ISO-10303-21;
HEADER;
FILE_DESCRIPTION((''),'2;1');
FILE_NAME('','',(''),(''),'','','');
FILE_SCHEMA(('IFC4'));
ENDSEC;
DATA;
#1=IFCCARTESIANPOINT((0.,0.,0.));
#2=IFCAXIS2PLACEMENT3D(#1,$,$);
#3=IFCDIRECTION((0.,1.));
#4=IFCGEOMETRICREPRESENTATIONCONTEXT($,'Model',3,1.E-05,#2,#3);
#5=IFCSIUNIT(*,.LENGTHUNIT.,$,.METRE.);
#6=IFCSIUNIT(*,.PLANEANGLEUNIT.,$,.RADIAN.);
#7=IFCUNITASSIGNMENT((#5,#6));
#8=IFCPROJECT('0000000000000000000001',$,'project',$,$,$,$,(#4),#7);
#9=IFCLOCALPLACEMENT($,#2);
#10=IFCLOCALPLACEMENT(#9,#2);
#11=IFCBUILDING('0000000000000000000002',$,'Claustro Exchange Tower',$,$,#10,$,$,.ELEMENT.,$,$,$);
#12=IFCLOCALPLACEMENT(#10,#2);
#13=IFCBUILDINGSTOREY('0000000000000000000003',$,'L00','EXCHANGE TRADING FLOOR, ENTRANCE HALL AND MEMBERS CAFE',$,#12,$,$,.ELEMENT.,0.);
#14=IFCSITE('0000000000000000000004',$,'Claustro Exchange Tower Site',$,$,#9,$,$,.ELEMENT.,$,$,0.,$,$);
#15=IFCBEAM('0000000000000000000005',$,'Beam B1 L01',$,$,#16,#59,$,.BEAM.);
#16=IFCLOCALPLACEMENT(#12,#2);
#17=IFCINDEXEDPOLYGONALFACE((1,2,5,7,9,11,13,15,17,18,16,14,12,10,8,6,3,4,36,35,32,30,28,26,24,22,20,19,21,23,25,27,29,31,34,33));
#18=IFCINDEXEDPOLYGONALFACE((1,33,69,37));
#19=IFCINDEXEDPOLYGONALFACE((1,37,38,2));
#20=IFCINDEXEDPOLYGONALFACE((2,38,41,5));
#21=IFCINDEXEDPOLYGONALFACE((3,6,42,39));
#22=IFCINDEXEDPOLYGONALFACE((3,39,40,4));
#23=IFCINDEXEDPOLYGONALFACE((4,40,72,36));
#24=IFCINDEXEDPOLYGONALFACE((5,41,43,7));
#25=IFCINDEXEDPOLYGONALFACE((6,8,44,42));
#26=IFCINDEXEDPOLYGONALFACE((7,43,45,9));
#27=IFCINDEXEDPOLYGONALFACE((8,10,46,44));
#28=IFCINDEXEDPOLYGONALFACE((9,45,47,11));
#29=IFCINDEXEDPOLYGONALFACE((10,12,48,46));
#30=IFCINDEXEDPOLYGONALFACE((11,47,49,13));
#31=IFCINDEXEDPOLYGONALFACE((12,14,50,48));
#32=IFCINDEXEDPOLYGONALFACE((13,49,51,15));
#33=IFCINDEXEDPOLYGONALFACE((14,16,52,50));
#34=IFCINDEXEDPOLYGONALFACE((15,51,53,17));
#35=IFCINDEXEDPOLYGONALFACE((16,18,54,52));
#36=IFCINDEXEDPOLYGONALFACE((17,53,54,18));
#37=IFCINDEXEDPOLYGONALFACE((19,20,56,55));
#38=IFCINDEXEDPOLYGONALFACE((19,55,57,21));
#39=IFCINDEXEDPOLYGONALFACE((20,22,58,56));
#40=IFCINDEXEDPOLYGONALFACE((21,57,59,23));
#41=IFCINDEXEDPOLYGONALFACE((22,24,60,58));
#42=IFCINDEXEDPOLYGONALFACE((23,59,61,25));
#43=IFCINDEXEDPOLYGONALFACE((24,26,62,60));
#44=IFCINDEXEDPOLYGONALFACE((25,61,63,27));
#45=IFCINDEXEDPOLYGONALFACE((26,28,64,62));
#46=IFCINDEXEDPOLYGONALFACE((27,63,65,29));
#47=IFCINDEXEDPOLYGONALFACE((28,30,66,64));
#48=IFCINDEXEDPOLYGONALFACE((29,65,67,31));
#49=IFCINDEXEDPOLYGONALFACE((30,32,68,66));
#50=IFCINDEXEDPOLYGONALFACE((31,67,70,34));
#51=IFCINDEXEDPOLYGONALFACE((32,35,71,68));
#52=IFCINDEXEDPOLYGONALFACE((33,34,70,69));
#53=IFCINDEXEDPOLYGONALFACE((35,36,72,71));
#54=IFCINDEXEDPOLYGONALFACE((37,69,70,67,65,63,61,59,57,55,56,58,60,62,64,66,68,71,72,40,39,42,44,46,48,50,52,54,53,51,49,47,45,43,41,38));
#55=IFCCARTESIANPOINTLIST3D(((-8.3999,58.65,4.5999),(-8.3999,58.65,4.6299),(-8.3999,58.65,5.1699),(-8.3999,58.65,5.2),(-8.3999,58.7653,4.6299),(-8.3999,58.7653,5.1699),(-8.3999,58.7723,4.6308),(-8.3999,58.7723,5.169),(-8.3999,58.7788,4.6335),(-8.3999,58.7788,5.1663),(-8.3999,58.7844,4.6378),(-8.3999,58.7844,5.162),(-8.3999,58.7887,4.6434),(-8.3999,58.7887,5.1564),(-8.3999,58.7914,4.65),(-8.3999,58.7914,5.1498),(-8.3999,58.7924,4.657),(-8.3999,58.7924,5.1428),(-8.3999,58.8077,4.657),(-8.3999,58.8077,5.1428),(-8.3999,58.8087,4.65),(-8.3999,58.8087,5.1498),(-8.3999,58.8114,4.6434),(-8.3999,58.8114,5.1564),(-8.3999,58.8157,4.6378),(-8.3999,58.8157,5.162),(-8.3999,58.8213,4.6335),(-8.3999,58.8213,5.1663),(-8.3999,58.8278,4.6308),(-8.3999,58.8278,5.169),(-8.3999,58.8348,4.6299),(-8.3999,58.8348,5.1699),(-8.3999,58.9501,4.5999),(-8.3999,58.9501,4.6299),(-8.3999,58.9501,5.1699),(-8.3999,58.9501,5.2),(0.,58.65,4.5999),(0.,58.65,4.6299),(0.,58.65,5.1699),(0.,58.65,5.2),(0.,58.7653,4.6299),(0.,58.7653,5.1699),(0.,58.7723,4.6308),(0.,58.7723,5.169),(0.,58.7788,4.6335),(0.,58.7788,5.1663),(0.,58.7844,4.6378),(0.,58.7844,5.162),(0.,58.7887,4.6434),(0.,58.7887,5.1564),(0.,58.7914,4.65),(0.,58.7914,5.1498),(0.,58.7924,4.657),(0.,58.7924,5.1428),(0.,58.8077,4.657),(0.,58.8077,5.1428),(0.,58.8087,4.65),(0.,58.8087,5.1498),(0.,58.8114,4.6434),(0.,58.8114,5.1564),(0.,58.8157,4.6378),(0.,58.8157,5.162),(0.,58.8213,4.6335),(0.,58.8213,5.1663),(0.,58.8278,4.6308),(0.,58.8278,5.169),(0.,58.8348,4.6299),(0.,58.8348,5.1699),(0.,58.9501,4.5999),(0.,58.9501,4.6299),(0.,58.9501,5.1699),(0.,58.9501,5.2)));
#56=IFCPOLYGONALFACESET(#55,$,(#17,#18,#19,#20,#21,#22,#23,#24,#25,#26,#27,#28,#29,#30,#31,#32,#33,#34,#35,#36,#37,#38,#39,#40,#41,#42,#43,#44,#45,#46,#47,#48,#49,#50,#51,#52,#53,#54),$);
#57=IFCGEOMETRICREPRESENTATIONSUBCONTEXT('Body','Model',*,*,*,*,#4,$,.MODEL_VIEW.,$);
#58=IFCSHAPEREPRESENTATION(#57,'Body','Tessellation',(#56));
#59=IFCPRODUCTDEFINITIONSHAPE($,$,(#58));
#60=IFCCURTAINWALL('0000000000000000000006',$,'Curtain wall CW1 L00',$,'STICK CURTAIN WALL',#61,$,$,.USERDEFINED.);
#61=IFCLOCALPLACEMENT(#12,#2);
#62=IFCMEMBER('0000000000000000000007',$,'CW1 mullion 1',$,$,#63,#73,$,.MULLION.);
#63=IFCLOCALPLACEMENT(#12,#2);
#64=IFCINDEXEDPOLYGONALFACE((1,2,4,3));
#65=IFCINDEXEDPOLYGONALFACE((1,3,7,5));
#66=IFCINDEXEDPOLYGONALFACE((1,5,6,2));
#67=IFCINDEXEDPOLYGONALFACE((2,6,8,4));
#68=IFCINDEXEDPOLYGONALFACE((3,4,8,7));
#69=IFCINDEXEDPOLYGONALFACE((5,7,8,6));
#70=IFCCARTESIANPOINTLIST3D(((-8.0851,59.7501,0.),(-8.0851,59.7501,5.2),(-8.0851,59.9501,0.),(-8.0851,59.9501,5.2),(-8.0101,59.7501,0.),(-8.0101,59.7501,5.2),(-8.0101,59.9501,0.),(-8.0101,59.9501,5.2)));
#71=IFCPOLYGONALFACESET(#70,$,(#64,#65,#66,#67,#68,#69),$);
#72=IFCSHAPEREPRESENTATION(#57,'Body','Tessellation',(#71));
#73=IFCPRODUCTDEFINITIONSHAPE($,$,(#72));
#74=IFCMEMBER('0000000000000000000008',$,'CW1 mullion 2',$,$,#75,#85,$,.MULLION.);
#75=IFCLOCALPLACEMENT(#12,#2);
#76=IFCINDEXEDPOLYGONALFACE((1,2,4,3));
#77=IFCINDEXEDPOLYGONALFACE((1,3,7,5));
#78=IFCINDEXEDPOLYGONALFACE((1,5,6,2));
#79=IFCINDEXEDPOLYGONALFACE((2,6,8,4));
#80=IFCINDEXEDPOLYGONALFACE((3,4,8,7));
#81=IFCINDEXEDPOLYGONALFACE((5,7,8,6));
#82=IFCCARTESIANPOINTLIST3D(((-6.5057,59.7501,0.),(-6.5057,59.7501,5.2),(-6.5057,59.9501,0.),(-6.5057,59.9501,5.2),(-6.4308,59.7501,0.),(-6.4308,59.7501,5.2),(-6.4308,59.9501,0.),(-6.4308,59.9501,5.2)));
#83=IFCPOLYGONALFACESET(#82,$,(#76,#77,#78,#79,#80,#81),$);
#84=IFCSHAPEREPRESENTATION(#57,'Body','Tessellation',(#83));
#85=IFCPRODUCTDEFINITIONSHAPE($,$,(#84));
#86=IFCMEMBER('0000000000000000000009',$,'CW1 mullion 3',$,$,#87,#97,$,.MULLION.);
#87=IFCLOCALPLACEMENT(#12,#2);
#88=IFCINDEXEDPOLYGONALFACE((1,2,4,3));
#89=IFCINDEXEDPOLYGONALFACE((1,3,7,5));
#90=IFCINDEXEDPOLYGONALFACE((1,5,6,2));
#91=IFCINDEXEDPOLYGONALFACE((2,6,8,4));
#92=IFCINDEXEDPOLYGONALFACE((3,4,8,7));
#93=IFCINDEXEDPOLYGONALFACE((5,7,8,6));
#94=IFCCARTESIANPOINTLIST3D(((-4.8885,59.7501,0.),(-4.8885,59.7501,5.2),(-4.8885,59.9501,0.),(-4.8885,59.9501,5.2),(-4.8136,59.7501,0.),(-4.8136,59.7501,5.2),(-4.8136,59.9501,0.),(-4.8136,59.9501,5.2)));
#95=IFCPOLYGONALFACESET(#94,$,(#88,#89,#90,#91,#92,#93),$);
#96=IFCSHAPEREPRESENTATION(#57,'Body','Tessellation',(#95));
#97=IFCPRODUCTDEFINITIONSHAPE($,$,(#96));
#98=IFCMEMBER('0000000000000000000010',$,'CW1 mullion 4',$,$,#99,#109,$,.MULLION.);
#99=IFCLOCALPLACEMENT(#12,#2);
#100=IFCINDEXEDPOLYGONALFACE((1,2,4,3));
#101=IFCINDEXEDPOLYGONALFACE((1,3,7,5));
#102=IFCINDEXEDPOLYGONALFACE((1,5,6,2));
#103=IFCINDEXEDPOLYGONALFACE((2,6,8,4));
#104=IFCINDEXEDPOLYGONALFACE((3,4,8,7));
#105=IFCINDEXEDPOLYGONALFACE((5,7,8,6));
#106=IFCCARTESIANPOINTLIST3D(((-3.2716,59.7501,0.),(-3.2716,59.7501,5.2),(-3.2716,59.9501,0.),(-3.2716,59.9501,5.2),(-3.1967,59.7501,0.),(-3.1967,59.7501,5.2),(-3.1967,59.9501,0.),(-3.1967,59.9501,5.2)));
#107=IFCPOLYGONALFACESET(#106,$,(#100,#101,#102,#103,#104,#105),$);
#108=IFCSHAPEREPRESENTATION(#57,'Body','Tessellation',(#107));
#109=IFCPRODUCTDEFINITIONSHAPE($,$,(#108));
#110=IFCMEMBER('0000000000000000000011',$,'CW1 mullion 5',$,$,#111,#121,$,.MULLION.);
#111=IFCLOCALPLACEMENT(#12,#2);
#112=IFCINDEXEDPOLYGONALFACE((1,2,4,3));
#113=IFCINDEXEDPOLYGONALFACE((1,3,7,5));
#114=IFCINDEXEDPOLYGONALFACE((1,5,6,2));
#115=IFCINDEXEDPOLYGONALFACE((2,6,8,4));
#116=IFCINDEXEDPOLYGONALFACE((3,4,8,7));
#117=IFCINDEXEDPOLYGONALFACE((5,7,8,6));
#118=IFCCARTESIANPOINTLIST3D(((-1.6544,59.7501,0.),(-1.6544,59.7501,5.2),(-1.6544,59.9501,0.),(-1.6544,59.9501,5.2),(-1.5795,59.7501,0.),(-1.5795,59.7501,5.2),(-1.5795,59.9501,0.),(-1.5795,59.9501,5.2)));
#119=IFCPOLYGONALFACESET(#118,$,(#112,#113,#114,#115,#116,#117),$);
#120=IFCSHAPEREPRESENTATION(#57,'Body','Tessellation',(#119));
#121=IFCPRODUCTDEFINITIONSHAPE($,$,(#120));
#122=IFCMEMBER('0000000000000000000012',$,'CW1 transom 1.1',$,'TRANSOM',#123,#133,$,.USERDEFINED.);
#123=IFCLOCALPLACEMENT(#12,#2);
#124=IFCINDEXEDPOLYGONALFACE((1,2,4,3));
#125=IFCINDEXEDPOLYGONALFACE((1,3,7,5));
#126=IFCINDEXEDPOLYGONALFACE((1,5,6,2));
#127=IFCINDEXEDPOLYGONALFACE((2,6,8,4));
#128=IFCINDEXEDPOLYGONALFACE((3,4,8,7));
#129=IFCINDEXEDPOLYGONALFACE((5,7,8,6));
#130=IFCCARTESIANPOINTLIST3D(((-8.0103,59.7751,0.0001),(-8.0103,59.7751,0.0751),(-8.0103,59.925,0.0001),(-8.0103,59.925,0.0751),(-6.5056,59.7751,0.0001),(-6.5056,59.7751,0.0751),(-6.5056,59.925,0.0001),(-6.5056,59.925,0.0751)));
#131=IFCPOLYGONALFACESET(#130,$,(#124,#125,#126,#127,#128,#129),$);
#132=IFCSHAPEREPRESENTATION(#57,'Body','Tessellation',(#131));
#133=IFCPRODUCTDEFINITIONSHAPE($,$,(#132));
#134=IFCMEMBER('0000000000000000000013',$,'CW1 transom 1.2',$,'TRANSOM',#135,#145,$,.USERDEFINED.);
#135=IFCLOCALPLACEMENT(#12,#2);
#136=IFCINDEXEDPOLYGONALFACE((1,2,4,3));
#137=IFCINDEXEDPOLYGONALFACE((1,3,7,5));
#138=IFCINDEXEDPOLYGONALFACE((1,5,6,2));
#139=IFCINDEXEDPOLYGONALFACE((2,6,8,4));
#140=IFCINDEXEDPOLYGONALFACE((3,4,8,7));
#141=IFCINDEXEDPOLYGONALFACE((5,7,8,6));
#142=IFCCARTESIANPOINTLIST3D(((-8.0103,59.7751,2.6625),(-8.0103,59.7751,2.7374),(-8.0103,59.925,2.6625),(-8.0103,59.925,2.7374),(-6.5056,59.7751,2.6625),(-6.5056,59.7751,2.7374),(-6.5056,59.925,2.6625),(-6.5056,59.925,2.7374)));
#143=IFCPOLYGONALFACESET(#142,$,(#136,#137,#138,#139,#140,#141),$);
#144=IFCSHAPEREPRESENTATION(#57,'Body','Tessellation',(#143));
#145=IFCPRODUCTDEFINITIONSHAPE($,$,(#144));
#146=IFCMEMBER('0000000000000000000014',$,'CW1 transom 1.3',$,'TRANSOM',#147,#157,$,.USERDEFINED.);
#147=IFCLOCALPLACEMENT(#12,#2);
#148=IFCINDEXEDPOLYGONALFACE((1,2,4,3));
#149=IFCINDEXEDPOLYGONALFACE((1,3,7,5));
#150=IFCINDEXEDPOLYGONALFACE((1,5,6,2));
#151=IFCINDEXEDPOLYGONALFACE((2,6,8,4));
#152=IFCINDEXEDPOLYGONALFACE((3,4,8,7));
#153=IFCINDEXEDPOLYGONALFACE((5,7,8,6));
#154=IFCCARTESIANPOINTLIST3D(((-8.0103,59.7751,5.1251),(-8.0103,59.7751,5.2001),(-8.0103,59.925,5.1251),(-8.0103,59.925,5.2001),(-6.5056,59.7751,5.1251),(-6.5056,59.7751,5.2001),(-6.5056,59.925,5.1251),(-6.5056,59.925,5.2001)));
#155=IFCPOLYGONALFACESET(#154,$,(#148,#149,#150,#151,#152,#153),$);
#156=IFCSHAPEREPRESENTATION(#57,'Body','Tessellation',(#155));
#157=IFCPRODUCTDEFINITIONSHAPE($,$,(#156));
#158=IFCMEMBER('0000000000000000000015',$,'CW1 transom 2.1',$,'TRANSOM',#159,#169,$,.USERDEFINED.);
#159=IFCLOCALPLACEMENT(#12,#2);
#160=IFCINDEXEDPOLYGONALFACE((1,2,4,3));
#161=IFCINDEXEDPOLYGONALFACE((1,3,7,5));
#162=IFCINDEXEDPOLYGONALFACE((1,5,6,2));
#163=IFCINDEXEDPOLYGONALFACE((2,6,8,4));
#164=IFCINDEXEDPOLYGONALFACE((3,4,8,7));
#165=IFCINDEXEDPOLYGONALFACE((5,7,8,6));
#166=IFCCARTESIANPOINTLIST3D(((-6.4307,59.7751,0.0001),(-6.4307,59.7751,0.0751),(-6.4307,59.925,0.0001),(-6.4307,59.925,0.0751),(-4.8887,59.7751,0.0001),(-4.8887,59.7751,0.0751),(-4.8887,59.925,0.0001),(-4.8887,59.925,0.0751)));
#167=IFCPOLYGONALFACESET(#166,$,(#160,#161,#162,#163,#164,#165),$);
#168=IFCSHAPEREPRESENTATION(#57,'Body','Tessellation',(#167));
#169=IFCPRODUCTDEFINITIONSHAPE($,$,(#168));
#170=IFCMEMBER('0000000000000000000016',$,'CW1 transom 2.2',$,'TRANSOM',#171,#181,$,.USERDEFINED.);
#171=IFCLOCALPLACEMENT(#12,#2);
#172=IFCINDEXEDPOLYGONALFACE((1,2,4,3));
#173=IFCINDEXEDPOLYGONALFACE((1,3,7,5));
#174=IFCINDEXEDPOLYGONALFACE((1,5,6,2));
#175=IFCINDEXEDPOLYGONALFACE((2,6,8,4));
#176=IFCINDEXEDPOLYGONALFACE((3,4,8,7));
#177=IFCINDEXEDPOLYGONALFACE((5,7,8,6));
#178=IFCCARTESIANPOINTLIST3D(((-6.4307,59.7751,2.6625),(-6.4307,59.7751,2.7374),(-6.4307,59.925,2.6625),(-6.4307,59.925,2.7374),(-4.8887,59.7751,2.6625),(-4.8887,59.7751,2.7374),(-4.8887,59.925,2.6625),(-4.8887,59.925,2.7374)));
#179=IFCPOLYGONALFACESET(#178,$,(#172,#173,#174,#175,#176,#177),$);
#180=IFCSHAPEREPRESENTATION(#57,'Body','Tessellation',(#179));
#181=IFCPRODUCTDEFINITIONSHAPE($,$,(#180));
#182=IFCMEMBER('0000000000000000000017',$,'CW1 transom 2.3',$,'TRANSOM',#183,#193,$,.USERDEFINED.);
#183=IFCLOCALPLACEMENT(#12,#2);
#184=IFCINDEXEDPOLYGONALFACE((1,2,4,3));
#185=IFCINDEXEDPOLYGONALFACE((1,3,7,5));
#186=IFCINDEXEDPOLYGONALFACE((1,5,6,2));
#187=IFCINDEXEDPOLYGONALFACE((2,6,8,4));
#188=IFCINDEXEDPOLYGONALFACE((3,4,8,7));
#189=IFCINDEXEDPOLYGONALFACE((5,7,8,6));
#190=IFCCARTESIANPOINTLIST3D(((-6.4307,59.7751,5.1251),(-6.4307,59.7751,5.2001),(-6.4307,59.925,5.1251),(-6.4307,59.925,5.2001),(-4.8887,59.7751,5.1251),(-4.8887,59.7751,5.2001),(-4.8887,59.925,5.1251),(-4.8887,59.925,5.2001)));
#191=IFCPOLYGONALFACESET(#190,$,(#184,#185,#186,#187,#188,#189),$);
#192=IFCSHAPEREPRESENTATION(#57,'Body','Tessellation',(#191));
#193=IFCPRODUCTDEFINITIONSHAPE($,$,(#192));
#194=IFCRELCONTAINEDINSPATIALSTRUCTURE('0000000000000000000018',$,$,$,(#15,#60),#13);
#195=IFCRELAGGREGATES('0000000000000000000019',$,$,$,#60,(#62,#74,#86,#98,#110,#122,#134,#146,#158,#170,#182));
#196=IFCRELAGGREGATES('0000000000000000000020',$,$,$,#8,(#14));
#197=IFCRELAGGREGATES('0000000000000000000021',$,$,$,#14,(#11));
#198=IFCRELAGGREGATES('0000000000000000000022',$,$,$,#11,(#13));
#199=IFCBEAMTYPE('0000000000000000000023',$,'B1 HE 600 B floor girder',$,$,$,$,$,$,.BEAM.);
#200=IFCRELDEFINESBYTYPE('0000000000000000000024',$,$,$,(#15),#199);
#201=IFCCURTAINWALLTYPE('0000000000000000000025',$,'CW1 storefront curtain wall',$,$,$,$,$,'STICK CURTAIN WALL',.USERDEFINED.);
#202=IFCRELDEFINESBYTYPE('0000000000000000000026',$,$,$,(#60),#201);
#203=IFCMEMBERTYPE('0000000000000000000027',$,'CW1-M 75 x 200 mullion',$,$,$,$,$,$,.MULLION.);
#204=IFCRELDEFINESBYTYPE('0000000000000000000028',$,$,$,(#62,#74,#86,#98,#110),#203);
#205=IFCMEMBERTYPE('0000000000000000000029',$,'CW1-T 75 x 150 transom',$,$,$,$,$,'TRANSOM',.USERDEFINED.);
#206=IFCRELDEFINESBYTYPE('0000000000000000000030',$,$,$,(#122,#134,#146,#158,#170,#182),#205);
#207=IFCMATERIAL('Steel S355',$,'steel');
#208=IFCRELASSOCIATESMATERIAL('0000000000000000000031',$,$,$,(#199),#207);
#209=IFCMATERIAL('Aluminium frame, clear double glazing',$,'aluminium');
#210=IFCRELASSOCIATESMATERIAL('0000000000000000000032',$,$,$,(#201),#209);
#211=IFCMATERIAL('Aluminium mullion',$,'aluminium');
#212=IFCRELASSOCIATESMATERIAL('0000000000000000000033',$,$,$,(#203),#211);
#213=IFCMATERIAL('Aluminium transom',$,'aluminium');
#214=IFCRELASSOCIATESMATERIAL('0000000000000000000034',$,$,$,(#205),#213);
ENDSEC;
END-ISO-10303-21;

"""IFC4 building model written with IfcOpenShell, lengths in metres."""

from ifc_helpers import new_model, si_unit, direction, frame, origin, origin_2d, place, context, subcontext, project, spatial, rectangle, i_section, extrude, material, material_profile, profile_set, type_object, element, aggregate, save


model = new_model("IFC4")

# Units and contexts
model_context = context("Model", 3, precision=1e-05, world=origin(), true_north=direction((0.0, 1.0)))
body_context = subcontext(model_context, "Body", "Model", "MODEL_VIEW")
ifc_project = project(units=[si_unit("LENGTHUNIT", "METRE"), si_unit("PLANEANGLEUNIT", "RADIAN")], contexts=[model_context])

# Site, building, storey
site_placement = place(None, origin())
site = spatial("IfcSite", under=ifc_project, at=site_placement, Name="Claustro Exchange Tower Site", CompositionType="ELEMENT", RefElevation=0.0)
building_placement = place(site_placement, origin())
building = spatial("IfcBuilding", under=site, at=building_placement, Name="Claustro Exchange Tower", CompositionType="ELEMENT")
storey_placement = place(building_placement, origin())
storey = spatial("IfcBuildingStorey", under=building, at=storey_placement, Name="L00", Description="EXCHANGE TRADING FLOOR, ENTRANCE HALL AND MEMBERS CAFE", CompositionType="ELEMENT", Elevation=0.0)

# Beam
ifc_material_1 = material(Name="Steel S355", Category="steel")
ifc_material_profile_1 = material_profile(ifc_material_1, i_section(OverallWidth=0.3, OverallDepth=0.6001, WebThickness=0.0154, FlangeThickness=0.03, FilletRadius=0.0271, at=origin_2d()), Name="HE 600 B")
ifc_profile_set_1 = profile_set([ifc_material_profile_1], Name="Steel S355")
beam_type = type_object("IfcBeamType", Name="B1 HE 600 B floor girder", PredefinedType="BEAM", material=ifc_profile_set_1)
beam_placement = place(storey_placement, frame((-8.3999, 58.8, 4.8999), z_axis=(1.0, 0.0, 0.0), x_axis=(0.0, 1.0, 0.0)))
element("IfcBeam", 1, at=beam_placement, inside=storey, type_object=beam_type, Name="Beam B1 L01", PredefinedType="BEAM", context=body_context, shape_type="SweptSolid", body=[
    extrude(i_section(OverallWidth=0.3, OverallDepth=0.6001, WebThickness=0.0154, FlangeThickness=0.03, FilletRadius=0.0271, at=origin_2d()), origin(), (0.0, 0.0, 1.0), 8.3999),
])

# Curtain wall, members
ifc_material_2 = material(Name="Aluminium frame, clear double glazing", Category="aluminium")
curtain_wall_type = type_object("IfcCurtainWallType", Name="CW1 storefront curtain wall", ElementType="STICK CURTAIN WALL", PredefinedType="USERDEFINED", material=ifc_material_2)
curtain_wall_placement = place(storey_placement, origin())
curtain_wall = element("IfcCurtainWall", 2, at=curtain_wall_placement, inside=storey, type_object=curtain_wall_type, Name="Curtain wall CW1 L00", ObjectType="STICK CURTAIN WALL", PredefinedType="USERDEFINED")
ifc_material_3 = material(Name="Aluminium mullion", Category="aluminium")
ifc_material_profile_2 = material_profile(ifc_material_3, rectangle(XDim=0.2, YDim=0.075, at=origin_2d()), Name="CW1-M 75x200")
ifc_profile_set_2 = profile_set([ifc_material_profile_2], Name="Aluminium mullion")
member_type_1 = type_object("IfcMemberType", Name="CW1-M 75 x 200 mullion", PredefinedType="MULLION", material=ifc_profile_set_2)
member_1_placement = place(storey_placement, frame((-8.0476, 59.8501, 0.0), z_axis=(0.0, 0.0, 1.0), x_axis=(0.0, 1.0, 0.0)))
member_1 = element("IfcMember", 3, at=member_1_placement, type_object=member_type_1, Name="CW1 mullion 1", PredefinedType="MULLION", context=body_context, shape_type="SweptSolid", body=[
    extrude(rectangle(XDim=0.2, YDim=0.075, at=origin_2d()), origin(), (0.0, 0.0, 1.0), 5.2),
])
member_2_placement = place(storey_placement, frame((-6.4683, 59.8501, 0.0), z_axis=(0.0, 0.0, 1.0), x_axis=(0.0, 1.0, 0.0)))
member_2 = element("IfcMember", 4, at=member_2_placement, type_object=member_type_1, Name="CW1 mullion 2", PredefinedType="MULLION", context=body_context, shape_type="SweptSolid", body=[
    extrude(rectangle(XDim=0.2, YDim=0.075, at=origin_2d()), origin(), (0.0, 0.0, 1.0), 5.2),
])
member_3_placement = place(storey_placement, frame((-4.8511, 59.8501, 0.0), z_axis=(0.0, 0.0, 1.0), x_axis=(0.0, 1.0, 0.0)))
member_3 = element("IfcMember", 5, at=member_3_placement, type_object=member_type_1, Name="CW1 mullion 3", PredefinedType="MULLION", context=body_context, shape_type="SweptSolid", body=[
    extrude(rectangle(XDim=0.2, YDim=0.075, at=origin_2d()), origin(), (0.0, 0.0, 1.0), 5.2),
])
member_4_placement = place(storey_placement, frame((-3.2341, 59.8501, 0.0), z_axis=(0.0, 0.0, 1.0), x_axis=(0.0, 1.0, 0.0)))
member_4 = element("IfcMember", 6, at=member_4_placement, type_object=member_type_1, Name="CW1 mullion 4", PredefinedType="MULLION", context=body_context, shape_type="SweptSolid", body=[
    extrude(rectangle(XDim=0.2, YDim=0.075, at=origin_2d()), origin(), (0.0, 0.0, 1.0), 5.2),
])
member_5_placement = place(storey_placement, frame((-1.6169, 59.8501, 0.0), z_axis=(0.0, 0.0, 1.0), x_axis=(0.0, 1.0, 0.0)))
member_5 = element("IfcMember", 7, at=member_5_placement, type_object=member_type_1, Name="CW1 mullion 5", PredefinedType="MULLION", context=body_context, shape_type="SweptSolid", body=[
    extrude(rectangle(XDim=0.2, YDim=0.075, at=origin_2d()), origin(), (0.0, 0.0, 1.0), 5.2),
])
ifc_material_4 = material(Name="Aluminium transom", Category="aluminium")
ifc_material_profile_3 = material_profile(ifc_material_4, rectangle(XDim=0.1499, YDim=0.075, at=origin_2d()), Name="CW1-T 75x150")
ifc_profile_set_3 = profile_set([ifc_material_profile_3], Name="Aluminium transom")
member_type_2 = type_object("IfcMemberType", Name="CW1-T 75 x 150 transom", ElementType="TRANSOM", PredefinedType="USERDEFINED", material=ifc_profile_set_3)
member_6_placement = place(storey_placement, frame((-8.0103, 59.8501, 0.0376), z_axis=(1.0, 0.0, 0.0), x_axis=(0.0, 1.0, 0.0)))
member_6 = element("IfcMember", 8, at=member_6_placement, type_object=member_type_2, Name="CW1 transom 1.1", ObjectType="TRANSOM", PredefinedType="USERDEFINED", context=body_context, shape_type="SweptSolid", body=[
    extrude(rectangle(XDim=0.1499, YDim=0.075, at=origin_2d()), origin(), (0.0, 0.0, 1.0), 1.5046),
])
member_7_placement = place(storey_placement, frame((-8.0103, 59.8501, 2.7), z_axis=(1.0, 0.0, 0.0), x_axis=(0.0, 1.0, 0.0)))
member_7 = element("IfcMember", 9, at=member_7_placement, type_object=member_type_2, Name="CW1 transom 1.2", ObjectType="TRANSOM", PredefinedType="USERDEFINED", context=body_context, shape_type="SweptSolid", body=[
    extrude(rectangle(XDim=0.1499, YDim=0.075, at=origin_2d()), origin(), (0.0, 0.0, 1.0), 1.5046),
])
member_8_placement = place(storey_placement, frame((-8.0103, 59.8501, 5.1626), z_axis=(1.0, 0.0, 0.0), x_axis=(0.0, 1.0, 0.0)))
member_8 = element("IfcMember", 10, at=member_8_placement, type_object=member_type_2, Name="CW1 transom 1.3", ObjectType="TRANSOM", PredefinedType="USERDEFINED", context=body_context, shape_type="SweptSolid", body=[
    extrude(rectangle(XDim=0.1499, YDim=0.075, at=origin_2d()), origin(), (0.0, 0.0, 1.0), 1.5046),
])
member_9_placement = place(storey_placement, frame((-6.4307, 59.8501, 0.0376), z_axis=(1.0, 0.0, 0.0), x_axis=(0.0, 1.0, 0.0)))
member_9 = element("IfcMember", 11, at=member_9_placement, type_object=member_type_2, Name="CW1 transom 2.1", ObjectType="TRANSOM", PredefinedType="USERDEFINED", context=body_context, shape_type="SweptSolid", body=[
    extrude(rectangle(XDim=0.1499, YDim=0.075, at=origin_2d()), origin(), (0.0, 0.0, 1.0), 1.542),
])
member_10_placement = place(storey_placement, frame((-6.4307, 59.8501, 2.7), z_axis=(1.0, 0.0, 0.0), x_axis=(0.0, 1.0, 0.0)))
member_10 = element("IfcMember", 12, at=member_10_placement, type_object=member_type_2, Name="CW1 transom 2.2", ObjectType="TRANSOM", PredefinedType="USERDEFINED", context=body_context, shape_type="SweptSolid", body=[
    extrude(rectangle(XDim=0.1499, YDim=0.075, at=origin_2d()), origin(), (0.0, 0.0, 1.0), 1.542),
])
member_11_placement = place(storey_placement, frame((-6.4307, 59.8501, 5.1626), z_axis=(1.0, 0.0, 0.0), x_axis=(0.0, 1.0, 0.0)))
member_11 = element("IfcMember", 13, at=member_11_placement, type_object=member_type_2, Name="CW1 transom 2.3", ObjectType="TRANSOM", PredefinedType="USERDEFINED", context=body_context, shape_type="SweptSolid", body=[
    extrude(rectangle(XDim=0.1499, YDim=0.075, at=origin_2d()), origin(), (0.0, 0.0, 1.0), 1.542),
])
aggregate(curtain_wall, [member_1, member_2, member_3, member_4, member_5, member_6, member_7, member_8, member_9, member_10, member_11])

save(model, "model.ifc")
